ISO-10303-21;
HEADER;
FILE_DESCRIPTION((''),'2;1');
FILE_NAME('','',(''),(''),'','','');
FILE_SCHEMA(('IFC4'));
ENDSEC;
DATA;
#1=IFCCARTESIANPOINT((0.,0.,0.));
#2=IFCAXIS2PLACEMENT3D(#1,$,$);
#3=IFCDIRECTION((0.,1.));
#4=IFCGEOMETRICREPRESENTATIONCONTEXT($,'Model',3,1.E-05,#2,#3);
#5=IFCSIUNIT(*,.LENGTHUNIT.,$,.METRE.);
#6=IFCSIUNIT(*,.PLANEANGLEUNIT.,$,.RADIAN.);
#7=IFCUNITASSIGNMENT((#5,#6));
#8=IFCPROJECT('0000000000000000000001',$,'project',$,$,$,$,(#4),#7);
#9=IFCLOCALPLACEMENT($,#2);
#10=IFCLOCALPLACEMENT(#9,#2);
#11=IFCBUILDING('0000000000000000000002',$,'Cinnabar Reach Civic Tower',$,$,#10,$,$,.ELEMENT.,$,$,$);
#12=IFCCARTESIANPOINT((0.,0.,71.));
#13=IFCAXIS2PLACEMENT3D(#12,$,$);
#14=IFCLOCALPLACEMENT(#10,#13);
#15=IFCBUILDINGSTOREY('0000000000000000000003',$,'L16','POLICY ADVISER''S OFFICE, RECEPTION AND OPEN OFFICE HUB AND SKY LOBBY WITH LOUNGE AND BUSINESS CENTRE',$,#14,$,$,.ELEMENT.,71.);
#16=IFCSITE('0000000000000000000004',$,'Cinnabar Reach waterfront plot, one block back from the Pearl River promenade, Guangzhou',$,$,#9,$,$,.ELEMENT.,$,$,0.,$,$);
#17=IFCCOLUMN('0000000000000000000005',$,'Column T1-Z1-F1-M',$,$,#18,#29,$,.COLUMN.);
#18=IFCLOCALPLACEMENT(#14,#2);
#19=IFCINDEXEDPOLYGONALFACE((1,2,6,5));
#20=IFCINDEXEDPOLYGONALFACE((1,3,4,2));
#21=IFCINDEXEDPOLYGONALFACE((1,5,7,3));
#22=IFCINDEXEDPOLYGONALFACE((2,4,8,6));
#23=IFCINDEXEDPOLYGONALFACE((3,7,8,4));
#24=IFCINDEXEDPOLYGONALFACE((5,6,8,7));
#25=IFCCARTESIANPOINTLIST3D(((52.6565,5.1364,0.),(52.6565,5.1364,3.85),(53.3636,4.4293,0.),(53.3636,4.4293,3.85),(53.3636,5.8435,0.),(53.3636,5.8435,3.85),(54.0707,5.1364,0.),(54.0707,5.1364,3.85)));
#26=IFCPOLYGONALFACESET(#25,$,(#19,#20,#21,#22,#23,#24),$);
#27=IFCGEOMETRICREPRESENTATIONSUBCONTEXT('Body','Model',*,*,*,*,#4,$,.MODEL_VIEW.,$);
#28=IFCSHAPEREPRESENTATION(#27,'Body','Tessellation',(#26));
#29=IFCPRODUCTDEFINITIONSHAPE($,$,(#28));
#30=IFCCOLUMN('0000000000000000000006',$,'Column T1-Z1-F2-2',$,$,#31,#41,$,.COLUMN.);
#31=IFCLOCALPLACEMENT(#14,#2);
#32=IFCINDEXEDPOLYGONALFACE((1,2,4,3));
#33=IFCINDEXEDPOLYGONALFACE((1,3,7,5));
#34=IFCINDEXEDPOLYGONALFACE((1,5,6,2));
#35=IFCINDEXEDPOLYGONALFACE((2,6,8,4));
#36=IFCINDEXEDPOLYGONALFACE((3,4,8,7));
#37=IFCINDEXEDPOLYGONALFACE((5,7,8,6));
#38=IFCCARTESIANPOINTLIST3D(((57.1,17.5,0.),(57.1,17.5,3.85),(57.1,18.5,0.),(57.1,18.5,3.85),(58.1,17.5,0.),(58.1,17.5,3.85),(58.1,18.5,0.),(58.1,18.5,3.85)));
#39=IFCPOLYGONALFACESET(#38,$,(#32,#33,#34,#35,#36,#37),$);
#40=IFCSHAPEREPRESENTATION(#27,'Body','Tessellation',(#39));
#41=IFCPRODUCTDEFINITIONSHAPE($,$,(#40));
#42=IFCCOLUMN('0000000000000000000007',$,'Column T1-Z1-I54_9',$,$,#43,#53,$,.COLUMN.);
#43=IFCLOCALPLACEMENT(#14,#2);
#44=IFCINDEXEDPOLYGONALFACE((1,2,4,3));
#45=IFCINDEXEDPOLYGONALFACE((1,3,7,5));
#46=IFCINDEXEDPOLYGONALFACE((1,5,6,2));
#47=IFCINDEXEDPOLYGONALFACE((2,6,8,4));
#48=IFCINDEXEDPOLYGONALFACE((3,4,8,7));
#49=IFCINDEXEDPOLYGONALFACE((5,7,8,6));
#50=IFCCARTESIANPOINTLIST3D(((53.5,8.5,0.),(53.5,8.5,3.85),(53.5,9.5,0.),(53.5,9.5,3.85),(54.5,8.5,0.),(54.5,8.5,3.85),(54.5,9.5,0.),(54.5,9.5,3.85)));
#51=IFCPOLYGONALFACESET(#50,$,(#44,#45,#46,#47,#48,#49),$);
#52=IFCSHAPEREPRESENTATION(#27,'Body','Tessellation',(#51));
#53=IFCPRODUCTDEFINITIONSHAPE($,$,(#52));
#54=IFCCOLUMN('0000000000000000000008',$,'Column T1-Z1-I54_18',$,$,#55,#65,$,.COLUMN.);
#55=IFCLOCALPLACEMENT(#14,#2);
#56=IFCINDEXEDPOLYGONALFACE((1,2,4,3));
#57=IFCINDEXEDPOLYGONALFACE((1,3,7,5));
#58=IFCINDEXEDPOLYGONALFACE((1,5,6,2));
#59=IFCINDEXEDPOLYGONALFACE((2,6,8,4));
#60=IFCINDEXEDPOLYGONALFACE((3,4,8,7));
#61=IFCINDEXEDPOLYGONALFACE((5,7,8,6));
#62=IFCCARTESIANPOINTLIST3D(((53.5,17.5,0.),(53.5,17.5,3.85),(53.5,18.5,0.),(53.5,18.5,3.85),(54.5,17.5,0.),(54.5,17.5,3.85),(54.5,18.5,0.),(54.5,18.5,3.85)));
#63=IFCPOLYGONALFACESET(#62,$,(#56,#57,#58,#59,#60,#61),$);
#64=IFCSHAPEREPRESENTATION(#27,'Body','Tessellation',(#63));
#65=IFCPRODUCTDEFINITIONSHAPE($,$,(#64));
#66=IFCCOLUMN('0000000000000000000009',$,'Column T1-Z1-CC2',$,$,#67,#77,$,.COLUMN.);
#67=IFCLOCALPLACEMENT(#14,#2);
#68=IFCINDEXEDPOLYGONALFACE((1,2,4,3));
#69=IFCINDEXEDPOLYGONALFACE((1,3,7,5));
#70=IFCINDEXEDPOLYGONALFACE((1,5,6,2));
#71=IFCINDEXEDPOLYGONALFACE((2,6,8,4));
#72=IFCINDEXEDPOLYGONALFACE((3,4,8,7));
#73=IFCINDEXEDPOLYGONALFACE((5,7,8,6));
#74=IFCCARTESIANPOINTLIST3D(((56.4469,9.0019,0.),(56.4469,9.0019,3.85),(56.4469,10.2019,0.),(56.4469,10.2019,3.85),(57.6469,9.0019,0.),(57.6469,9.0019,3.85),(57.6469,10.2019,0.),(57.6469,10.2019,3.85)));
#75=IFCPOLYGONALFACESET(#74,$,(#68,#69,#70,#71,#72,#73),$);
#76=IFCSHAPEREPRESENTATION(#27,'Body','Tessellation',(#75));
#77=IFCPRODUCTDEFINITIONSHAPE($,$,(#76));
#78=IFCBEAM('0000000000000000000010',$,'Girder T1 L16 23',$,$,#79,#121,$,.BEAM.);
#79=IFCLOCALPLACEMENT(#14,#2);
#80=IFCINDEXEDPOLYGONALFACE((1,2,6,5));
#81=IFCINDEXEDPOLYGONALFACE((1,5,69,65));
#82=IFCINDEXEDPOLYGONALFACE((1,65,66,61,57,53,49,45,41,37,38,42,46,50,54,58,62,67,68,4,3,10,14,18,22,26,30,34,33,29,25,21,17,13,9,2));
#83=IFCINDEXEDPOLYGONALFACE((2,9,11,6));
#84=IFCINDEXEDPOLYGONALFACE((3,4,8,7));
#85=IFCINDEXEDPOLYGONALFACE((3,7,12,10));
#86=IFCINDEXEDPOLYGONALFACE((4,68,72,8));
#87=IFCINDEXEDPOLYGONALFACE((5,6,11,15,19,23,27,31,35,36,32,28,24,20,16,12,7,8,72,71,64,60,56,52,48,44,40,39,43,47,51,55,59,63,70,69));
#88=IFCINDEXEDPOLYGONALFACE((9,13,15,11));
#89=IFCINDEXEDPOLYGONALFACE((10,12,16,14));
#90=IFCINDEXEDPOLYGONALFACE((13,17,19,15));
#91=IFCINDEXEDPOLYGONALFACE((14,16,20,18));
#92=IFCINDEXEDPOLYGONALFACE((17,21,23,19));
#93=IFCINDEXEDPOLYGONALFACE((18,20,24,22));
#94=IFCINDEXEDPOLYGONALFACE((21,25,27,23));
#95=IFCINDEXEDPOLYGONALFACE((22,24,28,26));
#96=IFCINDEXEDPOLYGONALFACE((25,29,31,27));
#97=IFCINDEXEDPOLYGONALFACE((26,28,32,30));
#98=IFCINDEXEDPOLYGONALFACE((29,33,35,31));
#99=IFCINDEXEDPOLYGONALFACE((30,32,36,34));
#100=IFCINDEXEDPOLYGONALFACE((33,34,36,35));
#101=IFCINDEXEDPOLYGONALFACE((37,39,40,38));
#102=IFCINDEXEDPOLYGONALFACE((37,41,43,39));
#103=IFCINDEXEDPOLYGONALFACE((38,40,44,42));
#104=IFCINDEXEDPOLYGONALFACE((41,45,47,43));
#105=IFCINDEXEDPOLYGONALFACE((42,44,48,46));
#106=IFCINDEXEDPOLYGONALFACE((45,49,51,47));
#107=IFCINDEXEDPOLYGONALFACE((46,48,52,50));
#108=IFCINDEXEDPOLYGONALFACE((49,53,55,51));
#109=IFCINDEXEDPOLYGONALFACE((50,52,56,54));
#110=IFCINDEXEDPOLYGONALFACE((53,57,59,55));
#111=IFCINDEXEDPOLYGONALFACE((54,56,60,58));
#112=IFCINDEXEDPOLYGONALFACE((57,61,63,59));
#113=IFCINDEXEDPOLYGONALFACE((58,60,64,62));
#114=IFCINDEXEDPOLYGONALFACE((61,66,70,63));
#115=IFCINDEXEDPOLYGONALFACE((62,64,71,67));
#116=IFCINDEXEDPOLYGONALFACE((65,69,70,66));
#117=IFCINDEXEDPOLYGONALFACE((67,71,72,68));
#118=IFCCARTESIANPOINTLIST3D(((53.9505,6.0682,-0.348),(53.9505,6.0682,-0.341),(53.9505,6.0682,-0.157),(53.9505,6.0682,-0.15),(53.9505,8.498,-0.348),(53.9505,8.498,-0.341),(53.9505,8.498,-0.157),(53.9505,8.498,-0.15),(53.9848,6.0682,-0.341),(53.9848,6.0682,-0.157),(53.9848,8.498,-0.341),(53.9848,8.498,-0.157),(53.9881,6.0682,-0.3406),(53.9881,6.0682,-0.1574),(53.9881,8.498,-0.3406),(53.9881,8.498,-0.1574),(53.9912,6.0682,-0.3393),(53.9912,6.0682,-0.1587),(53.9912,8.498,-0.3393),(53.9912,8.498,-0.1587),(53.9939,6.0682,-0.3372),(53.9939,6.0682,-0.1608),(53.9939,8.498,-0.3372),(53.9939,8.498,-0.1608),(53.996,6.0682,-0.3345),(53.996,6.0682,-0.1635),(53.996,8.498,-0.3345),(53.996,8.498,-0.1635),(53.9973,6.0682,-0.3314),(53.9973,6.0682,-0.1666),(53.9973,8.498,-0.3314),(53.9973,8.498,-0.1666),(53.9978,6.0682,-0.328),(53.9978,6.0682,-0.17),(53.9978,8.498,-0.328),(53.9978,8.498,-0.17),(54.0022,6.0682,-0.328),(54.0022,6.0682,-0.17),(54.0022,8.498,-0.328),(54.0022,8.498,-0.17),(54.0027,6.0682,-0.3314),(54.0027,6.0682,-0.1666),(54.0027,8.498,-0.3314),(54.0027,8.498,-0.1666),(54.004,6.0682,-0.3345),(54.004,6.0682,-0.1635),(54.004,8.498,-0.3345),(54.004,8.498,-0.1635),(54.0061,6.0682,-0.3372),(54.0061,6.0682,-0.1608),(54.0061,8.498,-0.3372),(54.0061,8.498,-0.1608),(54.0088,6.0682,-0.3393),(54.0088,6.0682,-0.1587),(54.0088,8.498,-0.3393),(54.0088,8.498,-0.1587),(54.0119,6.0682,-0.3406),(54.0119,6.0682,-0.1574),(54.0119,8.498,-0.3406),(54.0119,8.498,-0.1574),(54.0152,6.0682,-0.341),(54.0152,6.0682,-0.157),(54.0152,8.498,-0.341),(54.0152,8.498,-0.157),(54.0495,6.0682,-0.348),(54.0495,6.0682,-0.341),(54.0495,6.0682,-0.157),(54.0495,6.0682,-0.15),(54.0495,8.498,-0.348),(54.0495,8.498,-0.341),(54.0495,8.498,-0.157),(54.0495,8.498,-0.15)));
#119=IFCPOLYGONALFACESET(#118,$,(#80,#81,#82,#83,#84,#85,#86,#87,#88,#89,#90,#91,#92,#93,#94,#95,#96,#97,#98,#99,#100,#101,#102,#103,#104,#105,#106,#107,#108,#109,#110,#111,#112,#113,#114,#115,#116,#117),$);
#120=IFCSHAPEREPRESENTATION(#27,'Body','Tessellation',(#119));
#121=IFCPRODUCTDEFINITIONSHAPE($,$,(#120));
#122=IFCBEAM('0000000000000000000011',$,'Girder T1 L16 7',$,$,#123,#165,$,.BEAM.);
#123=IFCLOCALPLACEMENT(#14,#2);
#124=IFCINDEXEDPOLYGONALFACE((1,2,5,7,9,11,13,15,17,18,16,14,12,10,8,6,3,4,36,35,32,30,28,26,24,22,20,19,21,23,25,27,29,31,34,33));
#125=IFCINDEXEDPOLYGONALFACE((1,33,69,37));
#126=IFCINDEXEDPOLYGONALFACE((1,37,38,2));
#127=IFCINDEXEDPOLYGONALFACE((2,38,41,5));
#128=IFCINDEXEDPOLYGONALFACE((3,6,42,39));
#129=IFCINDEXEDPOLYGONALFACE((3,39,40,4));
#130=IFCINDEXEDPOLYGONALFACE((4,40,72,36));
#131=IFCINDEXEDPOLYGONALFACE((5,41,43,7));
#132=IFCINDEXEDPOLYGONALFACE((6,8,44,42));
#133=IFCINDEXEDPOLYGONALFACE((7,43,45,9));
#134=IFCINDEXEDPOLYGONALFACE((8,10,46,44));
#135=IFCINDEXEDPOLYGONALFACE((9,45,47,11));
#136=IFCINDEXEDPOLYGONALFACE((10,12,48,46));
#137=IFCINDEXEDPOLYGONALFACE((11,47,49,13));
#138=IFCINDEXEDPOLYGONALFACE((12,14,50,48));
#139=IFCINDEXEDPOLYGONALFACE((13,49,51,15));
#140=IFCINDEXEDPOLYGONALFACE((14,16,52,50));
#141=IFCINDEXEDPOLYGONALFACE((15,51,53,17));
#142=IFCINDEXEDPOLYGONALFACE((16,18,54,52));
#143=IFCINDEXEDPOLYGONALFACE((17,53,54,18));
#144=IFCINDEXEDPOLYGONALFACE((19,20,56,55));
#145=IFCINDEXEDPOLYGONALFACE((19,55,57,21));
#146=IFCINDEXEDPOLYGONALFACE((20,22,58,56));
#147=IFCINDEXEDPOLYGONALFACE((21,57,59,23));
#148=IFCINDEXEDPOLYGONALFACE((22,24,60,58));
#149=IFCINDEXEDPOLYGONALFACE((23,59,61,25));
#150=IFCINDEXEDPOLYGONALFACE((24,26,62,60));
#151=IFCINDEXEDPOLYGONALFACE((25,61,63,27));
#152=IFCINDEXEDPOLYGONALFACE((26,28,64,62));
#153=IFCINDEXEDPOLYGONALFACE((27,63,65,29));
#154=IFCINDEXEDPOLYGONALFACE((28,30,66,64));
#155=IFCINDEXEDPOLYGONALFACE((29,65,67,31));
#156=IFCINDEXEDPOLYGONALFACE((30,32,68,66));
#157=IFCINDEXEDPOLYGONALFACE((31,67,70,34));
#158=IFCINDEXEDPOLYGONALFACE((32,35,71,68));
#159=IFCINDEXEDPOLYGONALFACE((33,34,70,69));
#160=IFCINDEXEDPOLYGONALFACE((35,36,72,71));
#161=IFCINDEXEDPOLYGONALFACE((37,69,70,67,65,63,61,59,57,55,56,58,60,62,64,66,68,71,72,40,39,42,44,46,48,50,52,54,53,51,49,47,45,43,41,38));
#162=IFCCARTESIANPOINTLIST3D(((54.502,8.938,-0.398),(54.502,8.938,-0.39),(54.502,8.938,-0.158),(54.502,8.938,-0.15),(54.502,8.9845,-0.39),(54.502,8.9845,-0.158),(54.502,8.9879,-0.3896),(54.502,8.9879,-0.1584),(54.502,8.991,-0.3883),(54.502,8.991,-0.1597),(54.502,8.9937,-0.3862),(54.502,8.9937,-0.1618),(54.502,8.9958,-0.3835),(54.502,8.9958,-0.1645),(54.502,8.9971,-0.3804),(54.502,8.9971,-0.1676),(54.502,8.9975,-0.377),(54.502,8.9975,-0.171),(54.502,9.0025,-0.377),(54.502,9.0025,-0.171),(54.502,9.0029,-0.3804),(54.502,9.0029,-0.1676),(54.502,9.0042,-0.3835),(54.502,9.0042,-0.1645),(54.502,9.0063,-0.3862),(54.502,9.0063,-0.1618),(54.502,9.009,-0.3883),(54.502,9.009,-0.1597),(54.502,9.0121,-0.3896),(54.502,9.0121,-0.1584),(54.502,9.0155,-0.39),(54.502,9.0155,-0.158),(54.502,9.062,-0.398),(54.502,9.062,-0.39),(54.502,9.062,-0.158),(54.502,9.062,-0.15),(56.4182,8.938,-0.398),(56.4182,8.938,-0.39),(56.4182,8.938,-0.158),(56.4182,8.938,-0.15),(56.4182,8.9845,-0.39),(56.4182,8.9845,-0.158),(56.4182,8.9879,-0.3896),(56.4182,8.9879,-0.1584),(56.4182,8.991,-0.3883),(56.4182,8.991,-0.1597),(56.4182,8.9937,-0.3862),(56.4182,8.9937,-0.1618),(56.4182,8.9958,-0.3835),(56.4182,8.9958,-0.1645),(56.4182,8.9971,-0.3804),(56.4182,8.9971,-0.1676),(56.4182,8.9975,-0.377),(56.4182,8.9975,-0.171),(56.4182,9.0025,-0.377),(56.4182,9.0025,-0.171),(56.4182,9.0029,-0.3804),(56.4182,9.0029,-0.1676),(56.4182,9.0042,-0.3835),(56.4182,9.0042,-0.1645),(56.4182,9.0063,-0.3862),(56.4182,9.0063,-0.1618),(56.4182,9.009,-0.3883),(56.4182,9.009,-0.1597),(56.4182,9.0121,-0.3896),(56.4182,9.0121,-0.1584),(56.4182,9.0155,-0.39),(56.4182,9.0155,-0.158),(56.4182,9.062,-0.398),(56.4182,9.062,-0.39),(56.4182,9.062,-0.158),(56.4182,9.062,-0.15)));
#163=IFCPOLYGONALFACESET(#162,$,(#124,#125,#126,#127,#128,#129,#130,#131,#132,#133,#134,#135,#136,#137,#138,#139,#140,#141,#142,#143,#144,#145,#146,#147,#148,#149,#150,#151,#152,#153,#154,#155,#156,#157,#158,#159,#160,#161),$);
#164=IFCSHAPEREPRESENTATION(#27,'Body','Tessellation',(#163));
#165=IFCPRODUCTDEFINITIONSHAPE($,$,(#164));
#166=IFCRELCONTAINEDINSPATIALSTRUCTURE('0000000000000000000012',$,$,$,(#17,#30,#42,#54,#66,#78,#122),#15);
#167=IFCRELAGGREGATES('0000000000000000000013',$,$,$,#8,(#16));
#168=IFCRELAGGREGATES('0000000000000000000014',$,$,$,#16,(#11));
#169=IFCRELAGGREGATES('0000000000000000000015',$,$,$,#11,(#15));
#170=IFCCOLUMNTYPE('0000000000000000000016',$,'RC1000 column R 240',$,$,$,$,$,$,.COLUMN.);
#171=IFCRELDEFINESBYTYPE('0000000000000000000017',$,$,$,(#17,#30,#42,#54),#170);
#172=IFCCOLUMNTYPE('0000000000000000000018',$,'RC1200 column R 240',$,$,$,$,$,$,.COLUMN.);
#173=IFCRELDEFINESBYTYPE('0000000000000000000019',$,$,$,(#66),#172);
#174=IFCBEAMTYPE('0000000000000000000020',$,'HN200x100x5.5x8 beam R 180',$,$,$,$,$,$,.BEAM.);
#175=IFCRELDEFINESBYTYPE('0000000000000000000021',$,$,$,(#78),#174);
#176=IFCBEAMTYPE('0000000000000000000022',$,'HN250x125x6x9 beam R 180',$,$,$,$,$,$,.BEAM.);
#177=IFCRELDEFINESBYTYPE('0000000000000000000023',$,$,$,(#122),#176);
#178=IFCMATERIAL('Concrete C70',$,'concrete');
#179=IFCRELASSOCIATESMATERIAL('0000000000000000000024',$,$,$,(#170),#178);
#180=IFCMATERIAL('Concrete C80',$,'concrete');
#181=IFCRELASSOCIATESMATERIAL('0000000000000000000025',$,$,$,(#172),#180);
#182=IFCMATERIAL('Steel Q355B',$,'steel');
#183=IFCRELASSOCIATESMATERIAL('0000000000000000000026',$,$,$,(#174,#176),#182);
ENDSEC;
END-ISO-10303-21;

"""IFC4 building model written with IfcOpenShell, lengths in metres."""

from ifc_helpers import new_model, si_unit, direction, frame, origin, origin_2d, place, context, subcontext, project, spatial, rectangle, i_section, extrude, material, material_profile, profile_set, type_object, element, save


model = new_model("IFC4")

# Units and contexts
model_context = context("Model", 3, precision=1e-05, world=origin(), true_north=direction((0.0, 1.0)))
body_context = subcontext(model_context, "Body", "Model", "MODEL_VIEW")
ifc_project = project(units=[si_unit("LENGTHUNIT", "METRE"), si_unit("PLANEANGLEUNIT", "RADIAN")], contexts=[model_context])

# Site, building, storey
site_placement = place(None, origin())
site = spatial("IfcSite", under=ifc_project, at=site_placement, Name="Cinnabar Reach waterfront plot, one block back from the Pearl River promenade, Guangzhou", CompositionType="ELEMENT", RefElevation=0.0)
building_placement = place(site_placement, origin())
building = spatial("IfcBuilding", under=site, at=building_placement, Name="Cinnabar Reach Civic Tower", CompositionType="ELEMENT")
storey_placement = place(building_placement, frame((0.0, 0.0, 71.0)))
storey = spatial("IfcBuildingStorey", under=building, at=storey_placement, Name="L16", Description="POLICY ADVISER'S OFFICE, RECEPTION AND OPEN OFFICE HUB AND SKY LOBBY WITH LOUNGE AND BUSINESS CENTRE", CompositionType="ELEMENT", Elevation=71.0)

# Columns
ifc_material_1 = material(Name="Concrete C70", Category="concrete")
ifc_material_profile_1 = material_profile(ifc_material_1, rectangle(XDim=1.0, YDim=1.0, at=origin_2d()), Name="RC1000")
ifc_profile_set_1 = profile_set([ifc_material_profile_1], Name="Concrete C70")
column_type_1 = type_object("IfcColumnType", Name="RC1000 column R 240", PredefinedType="COLUMN", material=ifc_profile_set_1)
for number, where, z_axis, x_axis, name in (
    (1, (53.3636, 5.1364, 0.0), (0.0, 0.0, 1.0), (0.707107, 0.707107, 0.0), "Column T1-Z1-F1-M"),
    (2, (57.6, 18.0, 0.0), (0.0, 0.0, 1.0), (1.0, 0.0, 0.0), "Column T1-Z1-F2-2"),
    (3, (54.0, 9.0, 0.0), (0.0, 0.0, 1.0), (1.0, 0.0, 0.0), "Column T1-Z1-I54_9"),
    (4, (54.0, 18.0, 0.0), (0.0, 0.0, 1.0), (1.0, 0.0, 0.0), "Column T1-Z1-I54_18"),
):
    element("IfcColumn", number, at=place(storey_placement, frame(where, z_axis=z_axis, x_axis=x_axis)), inside=storey, type_object=column_type_1, Name=name, PredefinedType="COLUMN", context=body_context, shape_type="SweptSolid", body=[
        extrude(rectangle(XDim=1.0, YDim=1.0, at=origin_2d()), origin(), (0.0, 0.0, 1.0), 3.85),
    ])
ifc_material_2 = material(Name="Concrete C80", Category="concrete")
ifc_material_profile_2 = material_profile(ifc_material_2, rectangle(XDim=1.2, YDim=1.2, at=origin_2d()), Name="RC1200")
ifc_profile_set_2 = profile_set([ifc_material_profile_2], Name="Concrete C80")
column_type_2 = type_object("IfcColumnType", Name="RC1200 column R 240", PredefinedType="COLUMN", material=ifc_profile_set_2)
column_placement = place(storey_placement, frame((57.0469, 9.6019, 0.0), z_axis=(0.0, 0.0, 1.0), x_axis=(1.0, 0.0, 0.0)))
element("IfcColumn", 5, at=column_placement, inside=storey, type_object=column_type_2, Name="Column T1-Z1-CC2", PredefinedType="COLUMN", context=body_context, shape_type="SweptSolid", body=[
    extrude(rectangle(XDim=1.2, YDim=1.2, at=origin_2d()), origin(), (0.0, 0.0, 1.0), 3.85),
])

# Beams
ifc_material_3 = material(Name="Steel Q355B", Category="steel")
ifc_material_profile_3 = material_profile(ifc_material_3, i_section(OverallWidth=0.099, OverallDepth=0.198, WebThickness=0.0045, FlangeThickness=0.007, FilletRadius=0.013, at=origin_2d()), Name="HN200x100x5.5x8")
ifc_profile_set_3 = profile_set([ifc_material_profile_3], Name="Steel Q355B")
beam_type_1 = type_object("IfcBeamType", Name="HN200x100x5.5x8 beam R 180", PredefinedType="BEAM", material=ifc_profile_set_3)
beam_1_placement = place(storey_placement, frame((54.0, 6.0682, -0.249), z_axis=(0.0, 1.0, 0.0), x_axis=(-1.0, 0.0, 0.0)))
element("IfcBeam", 6, at=beam_1_placement, inside=storey, type_object=beam_type_1, Name="Girder T1 L16 23", PredefinedType="BEAM", context=body_context, shape_type="SweptSolid", body=[
    extrude(i_section(OverallWidth=0.099, OverallDepth=0.198, WebThickness=0.0045, FlangeThickness=0.007, FilletRadius=0.013, at=origin_2d()), origin(), (0.0, 0.0, 1.0), 2.4298),
])
ifc_material_profile_4 = material_profile(ifc_material_3, i_section(OverallWidth=0.124, OverallDepth=0.248, WebThickness=0.005, FlangeThickness=0.008, FilletRadius=0.013, at=origin_2d()), Name="HN250x125x6x9")
ifc_profile_set_4 = profile_set([ifc_material_profile_4], Name="Steel Q355B")
beam_type_2 = type_object("IfcBeamType", Name="HN250x125x6x9 beam R 180", PredefinedType="BEAM", material=ifc_profile_set_4)
beam_2_placement = place(storey_placement, frame((54.502, 9.0, -0.274), z_axis=(1.0, 0.0, 0.0), x_axis=(0.0, 1.0, 0.0)))
element("IfcBeam", 7, at=beam_2_placement, inside=storey, type_object=beam_type_2, Name="Girder T1 L16 7", PredefinedType="BEAM", context=body_context, shape_type="SweptSolid", body=[
    extrude(i_section(OverallWidth=0.124, OverallDepth=0.248, WebThickness=0.005, FlangeThickness=0.008, FilletRadius=0.013, at=origin_2d()), origin(), (0.0, 0.0, 1.0), 1.9162),
])

save(model, "model.ifc")
